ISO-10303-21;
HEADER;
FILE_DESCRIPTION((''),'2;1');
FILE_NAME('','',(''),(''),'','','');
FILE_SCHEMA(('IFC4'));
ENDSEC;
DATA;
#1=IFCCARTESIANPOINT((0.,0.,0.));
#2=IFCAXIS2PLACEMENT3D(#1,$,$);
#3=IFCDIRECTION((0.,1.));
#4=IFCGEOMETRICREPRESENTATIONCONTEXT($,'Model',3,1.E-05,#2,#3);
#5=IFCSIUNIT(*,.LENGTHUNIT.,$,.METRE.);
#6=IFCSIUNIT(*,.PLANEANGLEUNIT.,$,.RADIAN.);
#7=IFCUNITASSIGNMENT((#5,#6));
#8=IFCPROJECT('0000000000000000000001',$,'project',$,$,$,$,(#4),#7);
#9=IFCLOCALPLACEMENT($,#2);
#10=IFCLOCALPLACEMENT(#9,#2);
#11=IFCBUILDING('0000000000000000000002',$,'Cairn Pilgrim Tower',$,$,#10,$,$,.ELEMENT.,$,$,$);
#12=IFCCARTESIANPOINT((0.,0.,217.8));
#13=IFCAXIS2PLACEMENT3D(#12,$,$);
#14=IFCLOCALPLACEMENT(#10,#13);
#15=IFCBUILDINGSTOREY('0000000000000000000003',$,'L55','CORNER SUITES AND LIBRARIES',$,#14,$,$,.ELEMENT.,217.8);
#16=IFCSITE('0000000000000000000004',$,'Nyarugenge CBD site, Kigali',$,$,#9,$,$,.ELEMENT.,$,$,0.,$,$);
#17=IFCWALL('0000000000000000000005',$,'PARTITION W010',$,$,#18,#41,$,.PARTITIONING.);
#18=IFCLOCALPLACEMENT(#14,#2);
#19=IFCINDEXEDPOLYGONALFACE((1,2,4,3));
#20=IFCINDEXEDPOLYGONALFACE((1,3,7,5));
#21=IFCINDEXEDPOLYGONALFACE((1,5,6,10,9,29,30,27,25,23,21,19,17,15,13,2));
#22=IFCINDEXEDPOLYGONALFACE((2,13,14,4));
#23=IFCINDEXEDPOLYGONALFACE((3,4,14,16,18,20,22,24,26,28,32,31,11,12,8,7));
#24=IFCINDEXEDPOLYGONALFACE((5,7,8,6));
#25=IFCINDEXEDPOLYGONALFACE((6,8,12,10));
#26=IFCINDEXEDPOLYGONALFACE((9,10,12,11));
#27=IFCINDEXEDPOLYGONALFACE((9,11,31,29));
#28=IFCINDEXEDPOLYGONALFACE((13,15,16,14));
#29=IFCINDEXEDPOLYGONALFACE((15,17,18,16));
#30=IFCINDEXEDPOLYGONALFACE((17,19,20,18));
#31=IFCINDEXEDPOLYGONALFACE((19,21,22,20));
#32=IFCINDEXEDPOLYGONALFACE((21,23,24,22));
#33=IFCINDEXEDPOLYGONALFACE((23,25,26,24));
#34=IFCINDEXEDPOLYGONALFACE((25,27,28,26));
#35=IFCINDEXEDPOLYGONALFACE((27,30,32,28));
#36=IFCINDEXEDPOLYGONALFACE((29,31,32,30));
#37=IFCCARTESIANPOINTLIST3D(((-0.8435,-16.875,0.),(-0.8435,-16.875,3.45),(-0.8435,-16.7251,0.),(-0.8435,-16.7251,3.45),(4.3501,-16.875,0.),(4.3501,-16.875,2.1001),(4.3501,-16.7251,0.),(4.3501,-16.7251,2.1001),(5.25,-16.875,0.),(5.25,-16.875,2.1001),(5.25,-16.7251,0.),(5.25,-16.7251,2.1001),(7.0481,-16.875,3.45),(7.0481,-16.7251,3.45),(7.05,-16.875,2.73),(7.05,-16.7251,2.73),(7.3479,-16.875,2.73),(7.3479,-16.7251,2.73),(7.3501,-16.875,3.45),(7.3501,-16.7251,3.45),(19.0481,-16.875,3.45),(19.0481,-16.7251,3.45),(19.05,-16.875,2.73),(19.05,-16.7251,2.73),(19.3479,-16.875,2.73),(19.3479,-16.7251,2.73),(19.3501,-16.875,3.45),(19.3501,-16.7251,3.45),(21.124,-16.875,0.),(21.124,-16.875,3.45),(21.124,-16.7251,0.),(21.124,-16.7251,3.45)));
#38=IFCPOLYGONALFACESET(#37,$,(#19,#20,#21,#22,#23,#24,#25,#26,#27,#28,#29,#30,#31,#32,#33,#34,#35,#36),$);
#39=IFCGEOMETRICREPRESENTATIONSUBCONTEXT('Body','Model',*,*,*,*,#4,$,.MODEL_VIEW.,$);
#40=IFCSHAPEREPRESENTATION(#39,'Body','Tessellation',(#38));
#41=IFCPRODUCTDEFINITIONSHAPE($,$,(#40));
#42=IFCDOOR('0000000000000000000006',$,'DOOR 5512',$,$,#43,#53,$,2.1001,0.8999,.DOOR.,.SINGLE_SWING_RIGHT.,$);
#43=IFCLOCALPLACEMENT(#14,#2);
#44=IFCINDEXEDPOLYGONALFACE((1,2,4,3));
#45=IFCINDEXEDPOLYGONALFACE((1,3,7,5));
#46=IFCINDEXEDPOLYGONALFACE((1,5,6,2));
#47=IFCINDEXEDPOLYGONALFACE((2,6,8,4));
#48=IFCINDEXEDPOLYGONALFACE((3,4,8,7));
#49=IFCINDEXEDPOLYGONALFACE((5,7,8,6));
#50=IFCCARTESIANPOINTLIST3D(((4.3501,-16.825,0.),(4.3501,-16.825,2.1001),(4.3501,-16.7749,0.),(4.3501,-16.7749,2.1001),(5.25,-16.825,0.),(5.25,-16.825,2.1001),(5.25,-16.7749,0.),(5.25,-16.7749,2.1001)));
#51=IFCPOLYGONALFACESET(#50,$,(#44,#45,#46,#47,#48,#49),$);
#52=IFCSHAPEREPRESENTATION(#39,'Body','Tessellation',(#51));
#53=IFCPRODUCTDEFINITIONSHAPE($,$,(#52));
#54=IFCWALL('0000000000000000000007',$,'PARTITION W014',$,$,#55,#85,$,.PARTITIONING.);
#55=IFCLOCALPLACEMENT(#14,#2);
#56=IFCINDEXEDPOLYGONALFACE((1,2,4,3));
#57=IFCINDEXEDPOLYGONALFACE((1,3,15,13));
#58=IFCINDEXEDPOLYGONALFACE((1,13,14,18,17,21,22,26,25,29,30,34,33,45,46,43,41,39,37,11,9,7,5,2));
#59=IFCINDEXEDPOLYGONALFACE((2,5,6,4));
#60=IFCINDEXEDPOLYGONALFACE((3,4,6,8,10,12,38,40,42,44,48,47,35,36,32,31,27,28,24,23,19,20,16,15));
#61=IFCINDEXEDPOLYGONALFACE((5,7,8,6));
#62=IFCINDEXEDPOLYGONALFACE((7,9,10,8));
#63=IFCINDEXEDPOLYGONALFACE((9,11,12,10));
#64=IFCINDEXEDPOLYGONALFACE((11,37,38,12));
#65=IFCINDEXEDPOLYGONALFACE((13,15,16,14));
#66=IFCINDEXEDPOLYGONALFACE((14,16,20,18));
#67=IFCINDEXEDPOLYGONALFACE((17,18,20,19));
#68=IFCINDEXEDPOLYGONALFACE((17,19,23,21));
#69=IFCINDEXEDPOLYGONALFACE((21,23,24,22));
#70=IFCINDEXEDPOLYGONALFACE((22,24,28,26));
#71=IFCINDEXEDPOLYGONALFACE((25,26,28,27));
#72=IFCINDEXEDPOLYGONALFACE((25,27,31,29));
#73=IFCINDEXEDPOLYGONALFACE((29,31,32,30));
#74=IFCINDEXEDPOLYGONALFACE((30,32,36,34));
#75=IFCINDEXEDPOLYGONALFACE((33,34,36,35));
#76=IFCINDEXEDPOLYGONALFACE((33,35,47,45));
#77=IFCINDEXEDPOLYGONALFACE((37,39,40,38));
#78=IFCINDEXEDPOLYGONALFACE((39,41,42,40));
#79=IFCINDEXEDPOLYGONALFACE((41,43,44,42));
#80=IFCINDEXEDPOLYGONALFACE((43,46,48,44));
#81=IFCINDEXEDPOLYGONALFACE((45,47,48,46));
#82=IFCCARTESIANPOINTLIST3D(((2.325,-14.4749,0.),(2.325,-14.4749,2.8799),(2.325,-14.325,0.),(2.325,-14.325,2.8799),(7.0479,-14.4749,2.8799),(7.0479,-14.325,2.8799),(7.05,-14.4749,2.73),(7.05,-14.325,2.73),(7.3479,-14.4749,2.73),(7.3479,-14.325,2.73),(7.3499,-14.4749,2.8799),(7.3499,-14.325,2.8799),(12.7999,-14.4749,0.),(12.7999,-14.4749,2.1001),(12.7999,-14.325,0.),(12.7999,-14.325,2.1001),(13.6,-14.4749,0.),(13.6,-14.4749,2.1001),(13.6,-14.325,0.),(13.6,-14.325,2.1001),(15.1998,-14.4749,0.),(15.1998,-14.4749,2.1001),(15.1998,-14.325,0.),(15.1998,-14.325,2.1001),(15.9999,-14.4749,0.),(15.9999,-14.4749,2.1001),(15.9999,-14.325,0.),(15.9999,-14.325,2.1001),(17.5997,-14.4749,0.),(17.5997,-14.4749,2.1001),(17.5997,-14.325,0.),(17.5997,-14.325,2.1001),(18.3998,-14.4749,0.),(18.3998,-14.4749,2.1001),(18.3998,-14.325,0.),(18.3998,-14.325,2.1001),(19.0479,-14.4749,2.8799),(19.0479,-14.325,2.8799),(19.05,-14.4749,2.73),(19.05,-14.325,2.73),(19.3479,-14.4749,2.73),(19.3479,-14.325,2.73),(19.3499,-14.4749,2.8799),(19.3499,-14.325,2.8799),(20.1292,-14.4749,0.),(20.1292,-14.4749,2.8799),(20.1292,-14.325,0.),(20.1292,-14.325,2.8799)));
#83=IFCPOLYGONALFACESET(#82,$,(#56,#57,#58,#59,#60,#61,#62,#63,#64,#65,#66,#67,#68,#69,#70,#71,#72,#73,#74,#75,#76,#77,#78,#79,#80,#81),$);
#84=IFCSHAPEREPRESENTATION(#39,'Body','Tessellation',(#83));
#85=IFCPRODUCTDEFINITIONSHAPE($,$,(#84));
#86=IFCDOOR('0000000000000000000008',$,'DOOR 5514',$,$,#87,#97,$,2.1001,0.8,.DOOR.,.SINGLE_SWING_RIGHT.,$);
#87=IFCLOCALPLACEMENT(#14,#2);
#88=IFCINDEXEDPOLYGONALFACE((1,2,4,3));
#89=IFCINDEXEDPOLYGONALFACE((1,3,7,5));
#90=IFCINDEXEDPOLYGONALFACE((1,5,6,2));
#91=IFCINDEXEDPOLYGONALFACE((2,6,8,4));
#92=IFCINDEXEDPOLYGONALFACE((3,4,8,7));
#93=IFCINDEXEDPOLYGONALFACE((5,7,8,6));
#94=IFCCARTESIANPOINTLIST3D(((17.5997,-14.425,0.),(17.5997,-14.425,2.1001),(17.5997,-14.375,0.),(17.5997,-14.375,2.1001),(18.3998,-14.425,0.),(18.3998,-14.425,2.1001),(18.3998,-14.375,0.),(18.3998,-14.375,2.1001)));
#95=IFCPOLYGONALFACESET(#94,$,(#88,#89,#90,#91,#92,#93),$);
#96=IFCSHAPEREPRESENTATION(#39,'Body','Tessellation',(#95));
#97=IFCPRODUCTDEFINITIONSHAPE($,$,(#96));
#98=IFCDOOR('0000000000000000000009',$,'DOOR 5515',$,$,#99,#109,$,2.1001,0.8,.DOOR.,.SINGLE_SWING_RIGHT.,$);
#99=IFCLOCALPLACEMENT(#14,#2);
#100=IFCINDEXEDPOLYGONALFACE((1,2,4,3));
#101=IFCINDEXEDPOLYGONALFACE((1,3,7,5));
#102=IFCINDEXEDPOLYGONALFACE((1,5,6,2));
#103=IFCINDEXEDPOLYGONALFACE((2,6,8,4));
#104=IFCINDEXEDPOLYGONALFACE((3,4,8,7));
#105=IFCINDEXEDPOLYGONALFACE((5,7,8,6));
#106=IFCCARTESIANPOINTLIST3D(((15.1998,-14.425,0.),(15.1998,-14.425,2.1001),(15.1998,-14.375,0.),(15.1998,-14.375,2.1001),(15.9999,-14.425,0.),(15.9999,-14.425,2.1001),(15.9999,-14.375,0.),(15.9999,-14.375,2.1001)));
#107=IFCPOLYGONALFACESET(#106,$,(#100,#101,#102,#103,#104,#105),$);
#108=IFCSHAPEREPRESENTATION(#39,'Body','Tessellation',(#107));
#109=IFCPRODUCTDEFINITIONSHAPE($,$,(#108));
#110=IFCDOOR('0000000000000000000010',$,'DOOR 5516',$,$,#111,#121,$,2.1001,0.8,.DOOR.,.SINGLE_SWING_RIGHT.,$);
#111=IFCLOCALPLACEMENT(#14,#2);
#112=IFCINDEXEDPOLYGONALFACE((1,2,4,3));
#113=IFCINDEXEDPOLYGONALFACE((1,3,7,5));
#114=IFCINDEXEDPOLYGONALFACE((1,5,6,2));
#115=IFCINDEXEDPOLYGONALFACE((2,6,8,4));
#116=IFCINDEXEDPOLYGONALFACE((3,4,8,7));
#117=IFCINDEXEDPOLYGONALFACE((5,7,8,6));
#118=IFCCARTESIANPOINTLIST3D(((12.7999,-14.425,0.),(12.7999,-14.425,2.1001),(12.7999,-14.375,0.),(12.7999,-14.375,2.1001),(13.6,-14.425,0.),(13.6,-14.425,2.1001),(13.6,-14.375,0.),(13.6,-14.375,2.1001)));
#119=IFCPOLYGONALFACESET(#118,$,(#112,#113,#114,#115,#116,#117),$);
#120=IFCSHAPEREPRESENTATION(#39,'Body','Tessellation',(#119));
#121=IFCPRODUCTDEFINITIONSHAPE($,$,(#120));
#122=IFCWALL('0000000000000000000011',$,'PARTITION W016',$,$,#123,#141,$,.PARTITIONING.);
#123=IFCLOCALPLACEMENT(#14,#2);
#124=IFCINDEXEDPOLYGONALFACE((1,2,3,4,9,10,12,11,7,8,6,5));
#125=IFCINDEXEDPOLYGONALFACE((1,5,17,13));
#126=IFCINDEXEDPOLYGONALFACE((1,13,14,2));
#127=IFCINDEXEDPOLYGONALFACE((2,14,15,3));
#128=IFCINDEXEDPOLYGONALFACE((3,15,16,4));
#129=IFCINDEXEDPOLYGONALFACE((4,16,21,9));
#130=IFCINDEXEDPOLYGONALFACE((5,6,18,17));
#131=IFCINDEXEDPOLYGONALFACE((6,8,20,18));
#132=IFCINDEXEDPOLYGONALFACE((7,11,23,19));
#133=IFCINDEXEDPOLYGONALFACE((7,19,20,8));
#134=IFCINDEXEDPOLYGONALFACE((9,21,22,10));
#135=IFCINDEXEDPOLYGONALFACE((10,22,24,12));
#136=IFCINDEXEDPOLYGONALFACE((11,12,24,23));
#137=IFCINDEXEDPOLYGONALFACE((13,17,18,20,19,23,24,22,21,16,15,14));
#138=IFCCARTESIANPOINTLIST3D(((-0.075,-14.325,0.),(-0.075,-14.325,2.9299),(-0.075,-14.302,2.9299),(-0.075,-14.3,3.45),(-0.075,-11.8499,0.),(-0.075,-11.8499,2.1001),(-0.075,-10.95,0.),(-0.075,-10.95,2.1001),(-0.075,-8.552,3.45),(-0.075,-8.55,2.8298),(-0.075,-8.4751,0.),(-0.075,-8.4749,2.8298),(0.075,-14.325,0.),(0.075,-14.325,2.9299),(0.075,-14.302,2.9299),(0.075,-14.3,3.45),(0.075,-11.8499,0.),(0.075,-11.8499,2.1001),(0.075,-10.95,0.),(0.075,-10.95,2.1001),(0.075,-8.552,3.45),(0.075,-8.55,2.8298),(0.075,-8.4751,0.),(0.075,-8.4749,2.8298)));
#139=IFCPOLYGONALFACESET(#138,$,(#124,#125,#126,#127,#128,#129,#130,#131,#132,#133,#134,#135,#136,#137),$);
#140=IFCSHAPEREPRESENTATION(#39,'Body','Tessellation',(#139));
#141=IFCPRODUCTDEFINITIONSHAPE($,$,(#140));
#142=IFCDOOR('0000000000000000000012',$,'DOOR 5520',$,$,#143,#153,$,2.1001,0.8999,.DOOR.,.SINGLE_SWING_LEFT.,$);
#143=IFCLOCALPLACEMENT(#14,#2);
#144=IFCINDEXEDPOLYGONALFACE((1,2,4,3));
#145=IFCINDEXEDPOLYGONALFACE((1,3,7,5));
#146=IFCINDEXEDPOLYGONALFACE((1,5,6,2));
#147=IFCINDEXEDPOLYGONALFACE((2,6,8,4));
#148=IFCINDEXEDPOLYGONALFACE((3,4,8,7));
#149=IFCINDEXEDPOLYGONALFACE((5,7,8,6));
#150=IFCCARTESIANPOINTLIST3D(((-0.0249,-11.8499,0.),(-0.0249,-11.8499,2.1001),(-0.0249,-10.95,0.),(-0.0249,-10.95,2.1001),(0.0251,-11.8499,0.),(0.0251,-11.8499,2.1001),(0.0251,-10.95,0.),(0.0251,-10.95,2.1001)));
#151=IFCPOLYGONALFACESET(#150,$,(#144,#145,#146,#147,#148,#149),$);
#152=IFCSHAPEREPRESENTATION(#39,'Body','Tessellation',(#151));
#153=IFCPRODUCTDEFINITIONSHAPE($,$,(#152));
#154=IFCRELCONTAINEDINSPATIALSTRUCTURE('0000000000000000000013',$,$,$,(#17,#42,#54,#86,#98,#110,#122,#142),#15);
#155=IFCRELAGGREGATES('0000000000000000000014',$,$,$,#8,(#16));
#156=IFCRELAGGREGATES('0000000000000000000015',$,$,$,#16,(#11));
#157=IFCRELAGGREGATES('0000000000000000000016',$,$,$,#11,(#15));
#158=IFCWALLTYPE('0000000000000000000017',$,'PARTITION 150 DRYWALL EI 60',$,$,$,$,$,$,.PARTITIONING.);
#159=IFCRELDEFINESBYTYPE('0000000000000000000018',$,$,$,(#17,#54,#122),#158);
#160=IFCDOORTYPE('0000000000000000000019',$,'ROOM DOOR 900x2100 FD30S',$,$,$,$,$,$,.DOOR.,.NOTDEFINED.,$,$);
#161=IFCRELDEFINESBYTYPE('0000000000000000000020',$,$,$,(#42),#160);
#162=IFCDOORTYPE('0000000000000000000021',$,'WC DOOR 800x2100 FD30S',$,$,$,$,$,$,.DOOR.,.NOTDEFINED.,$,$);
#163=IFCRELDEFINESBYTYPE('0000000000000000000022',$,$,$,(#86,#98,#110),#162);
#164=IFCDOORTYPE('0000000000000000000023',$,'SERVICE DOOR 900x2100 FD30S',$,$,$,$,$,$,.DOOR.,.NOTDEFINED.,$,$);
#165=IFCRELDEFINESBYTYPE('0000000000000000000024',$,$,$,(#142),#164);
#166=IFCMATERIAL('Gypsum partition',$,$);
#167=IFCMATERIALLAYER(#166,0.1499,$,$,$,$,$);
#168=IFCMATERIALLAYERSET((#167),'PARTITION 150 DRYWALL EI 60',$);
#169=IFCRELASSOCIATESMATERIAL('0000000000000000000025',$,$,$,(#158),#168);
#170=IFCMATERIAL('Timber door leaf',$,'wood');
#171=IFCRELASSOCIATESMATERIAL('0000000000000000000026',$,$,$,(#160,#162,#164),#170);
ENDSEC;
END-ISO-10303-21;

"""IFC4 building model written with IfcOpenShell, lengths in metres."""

from ifc_helpers import new_model, si_unit, direction, frame, frame_2d, origin, place, context, subcontext, project, spatial, polyline, rectangle, outline, extrude, material, layer, layer_set, type_object, element, fill, save


model = new_model("IFC4")

# Units and contexts
model_context = context("Model", 3, precision=1e-05, world=origin(), true_north=direction((0.0, 1.0)))
body_context = subcontext(model_context, "Body", "Model", "MODEL_VIEW")
ifc_project = project(units=[si_unit("LENGTHUNIT", "METRE"), si_unit("PLANEANGLEUNIT", "RADIAN")], contexts=[model_context])

# Site, building, storey
site_placement = place(None, origin())
site = spatial("IfcSite", under=ifc_project, at=site_placement, Name="Nyarugenge CBD site, Kigali", CompositionType="ELEMENT", RefElevation=0.0)
building_placement = place(site_placement, origin())
building = spatial("IfcBuilding", under=site, at=building_placement, Name="Cairn Pilgrim Tower", CompositionType="ELEMENT")
storey_placement = place(building_placement, frame((0.0, 0.0, 217.8)))
storey = spatial("IfcBuildingStorey", under=building, at=storey_placement, Name="L55", Description="CORNER SUITES AND LIBRARIES", CompositionType="ELEMENT", Elevation=217.8)

# Wall, opening, door
ifc_material_1 = material(Name="Gypsum partition")
ifc_layer_1 = layer(ifc_material_1, 0.1499)
ifc_layer_set_1 = layer_set([ifc_layer_1], Name="PARTITION 150 DRYWALL EI 60")
wall_type_1 = type_object("IfcWallType", Name="PARTITION 150 DRYWALL EI 60", PredefinedType="PARTITIONING", material=ifc_layer_set_1)
wall_1_placement = place(storey_placement, frame((-0.8435, -16.8, 0.0), z_axis=(0.0, 0.0, 1.0), x_axis=(1.0, 0.0, 0.0)))
wall_1 = element("IfcWall", 1, at=wall_1_placement, inside=storey, type_object=wall_type_1, Name="PARTITION W010", PredefinedType="PARTITIONING", context=body_context, shape_type="SweptSolid", body=[
    extrude(outline(polyline([(0.0, 0.0), (21.9675, 0.0), (21.9675, 3.45), (20.1936, 3.45), (20.1914, 2.73), (19.8936, 2.73), (19.8916, 3.45), (8.1936, 3.45), (8.1914, 2.73), (7.8936, 2.73), (7.8916, 3.45), (0.0, 3.45), (0.0, 0.0)])), frame((0.0, 0.075, 0.0), z_axis=(0.0, -1.0, 0.0), x_axis=(1.0, 0.0, 0.0)), (0.0, 0.0, 1.0), 0.1499),
])
opening_1_placement = place(wall_1_placement, frame((5.1936, 0.0, 0.0)))
opening_1 = element("IfcOpeningElement", 2, at=opening_1_placement, cuts=wall_1, PredefinedType="OPENING", context=body_context, shape_type="SweptSolid", body=[
    extrude(rectangle(XDim=0.8999, YDim=2.1001, at=frame_2d((0.45, 1.05))), frame((0.0, 0.085, 0.0), z_axis=(0.0, -1.0, 0.0), x_axis=(1.0, 0.0, 0.0)), (0.0, 0.0, 1.0), 0.1699),
])
ifc_material_2 = material(Name="Timber door leaf", Category="wood")
door_type_1 = type_object("IfcDoorType", Name="ROOM DOOR 900x2100 FD30S", OperationType="NOTDEFINED", PredefinedType="DOOR", material=ifc_material_2)
door_1_placement = place(opening_1_placement, frame((0.8999, 0.0, 0.0), z_axis=(0.0, 0.0, 1.0), x_axis=(-1.0, 0.0, 0.0)))
door_1 = element("IfcDoor", 3, at=door_1_placement, inside=storey, type_object=door_type_1, Name="DOOR 5512", OperationType="SINGLE_SWING_RIGHT", OverallHeight=2.1001, OverallWidth=0.8999, PredefinedType="DOOR", context=body_context, shape_type="SweptSolid", body=[
    extrude(rectangle(XDim=0.8999, YDim=2.1001, at=frame_2d((0.45, 1.05))), frame((0.0, 0.0249, 0.0), z_axis=(0.0, -1.0, 0.0), x_axis=(1.0, 0.0, 0.0)), (0.0, 0.0, 1.0), 0.05),
])
fill(opening_1, door_1)

# Wall, openings, doors
wall_2_placement = place(storey_placement, frame((2.325, -14.3999, 0.0), z_axis=(0.0, 0.0, 1.0), x_axis=(1.0, 0.0, 0.0)))
wall_2 = element("IfcWall", 4, at=wall_2_placement, inside=storey, type_object=wall_type_1, Name="PARTITION W014", PredefinedType="PARTITIONING", context=body_context, shape_type="SweptSolid", body=[
    extrude(outline(polyline([(0.0, 0.0), (17.8042, 0.0), (17.8042, 2.8799), (17.0249, 2.8799), (17.0229, 2.73), (16.7251, 2.73), (16.7229, 2.8799), (5.0249, 2.8799), (5.0229, 2.73), (4.7251, 2.73), (4.7229, 2.8799), (0.0, 2.8799), (0.0, 0.0)])), frame((0.0, 0.075, 0.0), z_axis=(0.0, -1.0, 0.0), x_axis=(1.0, 0.0, 0.0)), (0.0, 0.0, 1.0), 0.1499),
])
opening_2_placement = place(wall_2_placement, frame((15.2749, 0.0, 0.0)))
opening_2 = element("IfcOpeningElement", 5, at=opening_2_placement, cuts=wall_2, PredefinedType="OPENING", context=body_context, shape_type="SweptSolid", body=[
    extrude(rectangle(XDim=0.8, YDim=2.1001, at=frame_2d((0.3999, 1.05))), frame((0.0, 0.085, 0.0), z_axis=(0.0, -1.0, 0.0), x_axis=(1.0, 0.0, 0.0)), (0.0, 0.0, 1.0), 0.1699),
])
opening_3_placement = place(wall_2_placement, frame((12.875, 0.0, 0.0)))
opening_3 = element("IfcOpeningElement", 6, at=opening_3_placement, cuts=wall_2, PredefinedType="OPENING", context=body_context, shape_type="SweptSolid", body=[
    extrude(rectangle(XDim=0.8, YDim=2.1001, at=frame_2d((0.3999, 1.05))), frame((0.0, 0.085, 0.0), z_axis=(0.0, -1.0, 0.0), x_axis=(1.0, 0.0, 0.0)), (0.0, 0.0, 1.0), 0.1699),
])
opening_4_placement = place(wall_2_placement, frame((10.4751, 0.0, 0.0)))
opening_4 = element("IfcOpeningElement", 7, at=opening_4_placement, cuts=wall_2, PredefinedType="OPENING", context=body_context, shape_type="SweptSolid", body=[
    extrude(rectangle(XDim=0.8, YDim=2.1001, at=frame_2d((0.3999, 1.05))), frame((0.0, 0.085, 0.0), z_axis=(0.0, -1.0, 0.0), x_axis=(1.0, 0.0, 0.0)), (0.0, 0.0, 1.0), 0.1699),
])
door_type_2 = type_object("IfcDoorType", Name="WC DOOR 800x2100 FD30S", OperationType="NOTDEFINED", PredefinedType="DOOR", material=ifc_material_2)
door_2_placement = place(opening_2_placement, origin())
door_2 = element("IfcDoor", 8, at=door_2_placement, inside=storey, type_object=door_type_2, Name="DOOR 5514", OperationType="SINGLE_SWING_RIGHT", OverallHeight=2.1001, OverallWidth=0.8, PredefinedType="DOOR", context=body_context, shape_type="SweptSolid", body=[
    extrude(rectangle(XDim=0.8, YDim=2.1001, at=frame_2d((0.3999, 1.05))), frame((0.0, 0.0249, 0.0), z_axis=(0.0, -1.0, 0.0), x_axis=(1.0, 0.0, 0.0)), (0.0, 0.0, 1.0), 0.05),
])
fill(opening_2, door_2)
door_3_placement = place(opening_3_placement, origin())
door_3 = element("IfcDoor", 9, at=door_3_placement, inside=storey, type_object=door_type_2, Name="DOOR 5515", OperationType="SINGLE_SWING_RIGHT", OverallHeight=2.1001, OverallWidth=0.8, PredefinedType="DOOR", context=body_context, shape_type="SweptSolid", body=[
    extrude(rectangle(XDim=0.8, YDim=2.1001, at=frame_2d((0.3999, 1.05))), frame((0.0, 0.0249, 0.0), z_axis=(0.0, -1.0, 0.0), x_axis=(1.0, 0.0, 0.0)), (0.0, 0.0, 1.0), 0.05),
])
fill(opening_3, door_3)
door_4_placement = place(opening_4_placement, origin())
door_4 = element("IfcDoor", 10, at=door_4_placement, inside=storey, type_object=door_type_2, Name="DOOR 5516", OperationType="SINGLE_SWING_RIGHT", OverallHeight=2.1001, OverallWidth=0.8, PredefinedType="DOOR", context=body_context, shape_type="SweptSolid", body=[
    extrude(rectangle(XDim=0.8, YDim=2.1001, at=frame_2d((0.3999, 1.05))), frame((0.0, 0.0249, 0.0), z_axis=(0.0, -1.0, 0.0), x_axis=(1.0, 0.0, 0.0)), (0.0, 0.0, 1.0), 0.05),
])
fill(opening_4, door_4)

# Wall, opening, door
wall_3_placement = place(storey_placement, frame((0.0, -14.325, 0.0), z_axis=(0.0, 0.0, 1.0), x_axis=(0.0, 1.0, 0.0)))
wall_3 = element("IfcWall", 11, at=wall_3_placement, inside=storey, type_object=wall_type_1, Name="PARTITION W016", PredefinedType="PARTITIONING", context=body_context, shape_type="SweptSolid", body=[
    extrude(outline(polyline([(0.0, 0.0), (5.8499, 0.0), (5.8501, 2.8298), (5.7749, 2.8298), (5.7729, 3.45), (0.0249, 3.45), (0.0229, 2.9299), (0.0, 2.9299), (0.0, 0.0)])), frame((0.0, 0.075, 0.0), z_axis=(0.0, -1.0, 0.0), x_axis=(1.0, 0.0, 0.0)), (0.0, 0.0, 1.0), 0.1499),
])
opening_5_placement = place(wall_3_placement, frame((2.4751, 0.0, 0.0)))
opening_5 = element("IfcOpeningElement", 12, at=opening_5_placement, cuts=wall_3, PredefinedType="OPENING", context=body_context, shape_type="SweptSolid", body=[
    extrude(rectangle(XDim=0.8999, YDim=2.1001, at=frame_2d((0.45, 1.05))), frame((0.0, 0.085, 0.0), z_axis=(0.0, -1.0, 0.0), x_axis=(1.0, 0.0, 0.0)), (0.0, 0.0, 1.0), 0.1699),
])
door_type_3 = type_object("IfcDoorType", Name="SERVICE DOOR 900x2100 FD30S", OperationType="NOTDEFINED", PredefinedType="DOOR", material=ifc_material_2)
door_5_placement = place(opening_5_placement, origin())
door_5 = element("IfcDoor", 13, at=door_5_placement, inside=storey, type_object=door_type_3, Name="DOOR 5520", OperationType="SINGLE_SWING_LEFT", OverallHeight=2.1001, OverallWidth=0.8999, PredefinedType="DOOR", context=body_context, shape_type="SweptSolid", body=[
    extrude(rectangle(XDim=0.8999, YDim=2.1001, at=frame_2d((0.45, 1.05))), frame((0.0, 0.0249, 0.0), z_axis=(0.0, -1.0, 0.0), x_axis=(1.0, 0.0, 0.0)), (0.0, 0.0, 1.0), 0.05),
])
fill(opening_5, door_5)

save(model, "model.ifc")
